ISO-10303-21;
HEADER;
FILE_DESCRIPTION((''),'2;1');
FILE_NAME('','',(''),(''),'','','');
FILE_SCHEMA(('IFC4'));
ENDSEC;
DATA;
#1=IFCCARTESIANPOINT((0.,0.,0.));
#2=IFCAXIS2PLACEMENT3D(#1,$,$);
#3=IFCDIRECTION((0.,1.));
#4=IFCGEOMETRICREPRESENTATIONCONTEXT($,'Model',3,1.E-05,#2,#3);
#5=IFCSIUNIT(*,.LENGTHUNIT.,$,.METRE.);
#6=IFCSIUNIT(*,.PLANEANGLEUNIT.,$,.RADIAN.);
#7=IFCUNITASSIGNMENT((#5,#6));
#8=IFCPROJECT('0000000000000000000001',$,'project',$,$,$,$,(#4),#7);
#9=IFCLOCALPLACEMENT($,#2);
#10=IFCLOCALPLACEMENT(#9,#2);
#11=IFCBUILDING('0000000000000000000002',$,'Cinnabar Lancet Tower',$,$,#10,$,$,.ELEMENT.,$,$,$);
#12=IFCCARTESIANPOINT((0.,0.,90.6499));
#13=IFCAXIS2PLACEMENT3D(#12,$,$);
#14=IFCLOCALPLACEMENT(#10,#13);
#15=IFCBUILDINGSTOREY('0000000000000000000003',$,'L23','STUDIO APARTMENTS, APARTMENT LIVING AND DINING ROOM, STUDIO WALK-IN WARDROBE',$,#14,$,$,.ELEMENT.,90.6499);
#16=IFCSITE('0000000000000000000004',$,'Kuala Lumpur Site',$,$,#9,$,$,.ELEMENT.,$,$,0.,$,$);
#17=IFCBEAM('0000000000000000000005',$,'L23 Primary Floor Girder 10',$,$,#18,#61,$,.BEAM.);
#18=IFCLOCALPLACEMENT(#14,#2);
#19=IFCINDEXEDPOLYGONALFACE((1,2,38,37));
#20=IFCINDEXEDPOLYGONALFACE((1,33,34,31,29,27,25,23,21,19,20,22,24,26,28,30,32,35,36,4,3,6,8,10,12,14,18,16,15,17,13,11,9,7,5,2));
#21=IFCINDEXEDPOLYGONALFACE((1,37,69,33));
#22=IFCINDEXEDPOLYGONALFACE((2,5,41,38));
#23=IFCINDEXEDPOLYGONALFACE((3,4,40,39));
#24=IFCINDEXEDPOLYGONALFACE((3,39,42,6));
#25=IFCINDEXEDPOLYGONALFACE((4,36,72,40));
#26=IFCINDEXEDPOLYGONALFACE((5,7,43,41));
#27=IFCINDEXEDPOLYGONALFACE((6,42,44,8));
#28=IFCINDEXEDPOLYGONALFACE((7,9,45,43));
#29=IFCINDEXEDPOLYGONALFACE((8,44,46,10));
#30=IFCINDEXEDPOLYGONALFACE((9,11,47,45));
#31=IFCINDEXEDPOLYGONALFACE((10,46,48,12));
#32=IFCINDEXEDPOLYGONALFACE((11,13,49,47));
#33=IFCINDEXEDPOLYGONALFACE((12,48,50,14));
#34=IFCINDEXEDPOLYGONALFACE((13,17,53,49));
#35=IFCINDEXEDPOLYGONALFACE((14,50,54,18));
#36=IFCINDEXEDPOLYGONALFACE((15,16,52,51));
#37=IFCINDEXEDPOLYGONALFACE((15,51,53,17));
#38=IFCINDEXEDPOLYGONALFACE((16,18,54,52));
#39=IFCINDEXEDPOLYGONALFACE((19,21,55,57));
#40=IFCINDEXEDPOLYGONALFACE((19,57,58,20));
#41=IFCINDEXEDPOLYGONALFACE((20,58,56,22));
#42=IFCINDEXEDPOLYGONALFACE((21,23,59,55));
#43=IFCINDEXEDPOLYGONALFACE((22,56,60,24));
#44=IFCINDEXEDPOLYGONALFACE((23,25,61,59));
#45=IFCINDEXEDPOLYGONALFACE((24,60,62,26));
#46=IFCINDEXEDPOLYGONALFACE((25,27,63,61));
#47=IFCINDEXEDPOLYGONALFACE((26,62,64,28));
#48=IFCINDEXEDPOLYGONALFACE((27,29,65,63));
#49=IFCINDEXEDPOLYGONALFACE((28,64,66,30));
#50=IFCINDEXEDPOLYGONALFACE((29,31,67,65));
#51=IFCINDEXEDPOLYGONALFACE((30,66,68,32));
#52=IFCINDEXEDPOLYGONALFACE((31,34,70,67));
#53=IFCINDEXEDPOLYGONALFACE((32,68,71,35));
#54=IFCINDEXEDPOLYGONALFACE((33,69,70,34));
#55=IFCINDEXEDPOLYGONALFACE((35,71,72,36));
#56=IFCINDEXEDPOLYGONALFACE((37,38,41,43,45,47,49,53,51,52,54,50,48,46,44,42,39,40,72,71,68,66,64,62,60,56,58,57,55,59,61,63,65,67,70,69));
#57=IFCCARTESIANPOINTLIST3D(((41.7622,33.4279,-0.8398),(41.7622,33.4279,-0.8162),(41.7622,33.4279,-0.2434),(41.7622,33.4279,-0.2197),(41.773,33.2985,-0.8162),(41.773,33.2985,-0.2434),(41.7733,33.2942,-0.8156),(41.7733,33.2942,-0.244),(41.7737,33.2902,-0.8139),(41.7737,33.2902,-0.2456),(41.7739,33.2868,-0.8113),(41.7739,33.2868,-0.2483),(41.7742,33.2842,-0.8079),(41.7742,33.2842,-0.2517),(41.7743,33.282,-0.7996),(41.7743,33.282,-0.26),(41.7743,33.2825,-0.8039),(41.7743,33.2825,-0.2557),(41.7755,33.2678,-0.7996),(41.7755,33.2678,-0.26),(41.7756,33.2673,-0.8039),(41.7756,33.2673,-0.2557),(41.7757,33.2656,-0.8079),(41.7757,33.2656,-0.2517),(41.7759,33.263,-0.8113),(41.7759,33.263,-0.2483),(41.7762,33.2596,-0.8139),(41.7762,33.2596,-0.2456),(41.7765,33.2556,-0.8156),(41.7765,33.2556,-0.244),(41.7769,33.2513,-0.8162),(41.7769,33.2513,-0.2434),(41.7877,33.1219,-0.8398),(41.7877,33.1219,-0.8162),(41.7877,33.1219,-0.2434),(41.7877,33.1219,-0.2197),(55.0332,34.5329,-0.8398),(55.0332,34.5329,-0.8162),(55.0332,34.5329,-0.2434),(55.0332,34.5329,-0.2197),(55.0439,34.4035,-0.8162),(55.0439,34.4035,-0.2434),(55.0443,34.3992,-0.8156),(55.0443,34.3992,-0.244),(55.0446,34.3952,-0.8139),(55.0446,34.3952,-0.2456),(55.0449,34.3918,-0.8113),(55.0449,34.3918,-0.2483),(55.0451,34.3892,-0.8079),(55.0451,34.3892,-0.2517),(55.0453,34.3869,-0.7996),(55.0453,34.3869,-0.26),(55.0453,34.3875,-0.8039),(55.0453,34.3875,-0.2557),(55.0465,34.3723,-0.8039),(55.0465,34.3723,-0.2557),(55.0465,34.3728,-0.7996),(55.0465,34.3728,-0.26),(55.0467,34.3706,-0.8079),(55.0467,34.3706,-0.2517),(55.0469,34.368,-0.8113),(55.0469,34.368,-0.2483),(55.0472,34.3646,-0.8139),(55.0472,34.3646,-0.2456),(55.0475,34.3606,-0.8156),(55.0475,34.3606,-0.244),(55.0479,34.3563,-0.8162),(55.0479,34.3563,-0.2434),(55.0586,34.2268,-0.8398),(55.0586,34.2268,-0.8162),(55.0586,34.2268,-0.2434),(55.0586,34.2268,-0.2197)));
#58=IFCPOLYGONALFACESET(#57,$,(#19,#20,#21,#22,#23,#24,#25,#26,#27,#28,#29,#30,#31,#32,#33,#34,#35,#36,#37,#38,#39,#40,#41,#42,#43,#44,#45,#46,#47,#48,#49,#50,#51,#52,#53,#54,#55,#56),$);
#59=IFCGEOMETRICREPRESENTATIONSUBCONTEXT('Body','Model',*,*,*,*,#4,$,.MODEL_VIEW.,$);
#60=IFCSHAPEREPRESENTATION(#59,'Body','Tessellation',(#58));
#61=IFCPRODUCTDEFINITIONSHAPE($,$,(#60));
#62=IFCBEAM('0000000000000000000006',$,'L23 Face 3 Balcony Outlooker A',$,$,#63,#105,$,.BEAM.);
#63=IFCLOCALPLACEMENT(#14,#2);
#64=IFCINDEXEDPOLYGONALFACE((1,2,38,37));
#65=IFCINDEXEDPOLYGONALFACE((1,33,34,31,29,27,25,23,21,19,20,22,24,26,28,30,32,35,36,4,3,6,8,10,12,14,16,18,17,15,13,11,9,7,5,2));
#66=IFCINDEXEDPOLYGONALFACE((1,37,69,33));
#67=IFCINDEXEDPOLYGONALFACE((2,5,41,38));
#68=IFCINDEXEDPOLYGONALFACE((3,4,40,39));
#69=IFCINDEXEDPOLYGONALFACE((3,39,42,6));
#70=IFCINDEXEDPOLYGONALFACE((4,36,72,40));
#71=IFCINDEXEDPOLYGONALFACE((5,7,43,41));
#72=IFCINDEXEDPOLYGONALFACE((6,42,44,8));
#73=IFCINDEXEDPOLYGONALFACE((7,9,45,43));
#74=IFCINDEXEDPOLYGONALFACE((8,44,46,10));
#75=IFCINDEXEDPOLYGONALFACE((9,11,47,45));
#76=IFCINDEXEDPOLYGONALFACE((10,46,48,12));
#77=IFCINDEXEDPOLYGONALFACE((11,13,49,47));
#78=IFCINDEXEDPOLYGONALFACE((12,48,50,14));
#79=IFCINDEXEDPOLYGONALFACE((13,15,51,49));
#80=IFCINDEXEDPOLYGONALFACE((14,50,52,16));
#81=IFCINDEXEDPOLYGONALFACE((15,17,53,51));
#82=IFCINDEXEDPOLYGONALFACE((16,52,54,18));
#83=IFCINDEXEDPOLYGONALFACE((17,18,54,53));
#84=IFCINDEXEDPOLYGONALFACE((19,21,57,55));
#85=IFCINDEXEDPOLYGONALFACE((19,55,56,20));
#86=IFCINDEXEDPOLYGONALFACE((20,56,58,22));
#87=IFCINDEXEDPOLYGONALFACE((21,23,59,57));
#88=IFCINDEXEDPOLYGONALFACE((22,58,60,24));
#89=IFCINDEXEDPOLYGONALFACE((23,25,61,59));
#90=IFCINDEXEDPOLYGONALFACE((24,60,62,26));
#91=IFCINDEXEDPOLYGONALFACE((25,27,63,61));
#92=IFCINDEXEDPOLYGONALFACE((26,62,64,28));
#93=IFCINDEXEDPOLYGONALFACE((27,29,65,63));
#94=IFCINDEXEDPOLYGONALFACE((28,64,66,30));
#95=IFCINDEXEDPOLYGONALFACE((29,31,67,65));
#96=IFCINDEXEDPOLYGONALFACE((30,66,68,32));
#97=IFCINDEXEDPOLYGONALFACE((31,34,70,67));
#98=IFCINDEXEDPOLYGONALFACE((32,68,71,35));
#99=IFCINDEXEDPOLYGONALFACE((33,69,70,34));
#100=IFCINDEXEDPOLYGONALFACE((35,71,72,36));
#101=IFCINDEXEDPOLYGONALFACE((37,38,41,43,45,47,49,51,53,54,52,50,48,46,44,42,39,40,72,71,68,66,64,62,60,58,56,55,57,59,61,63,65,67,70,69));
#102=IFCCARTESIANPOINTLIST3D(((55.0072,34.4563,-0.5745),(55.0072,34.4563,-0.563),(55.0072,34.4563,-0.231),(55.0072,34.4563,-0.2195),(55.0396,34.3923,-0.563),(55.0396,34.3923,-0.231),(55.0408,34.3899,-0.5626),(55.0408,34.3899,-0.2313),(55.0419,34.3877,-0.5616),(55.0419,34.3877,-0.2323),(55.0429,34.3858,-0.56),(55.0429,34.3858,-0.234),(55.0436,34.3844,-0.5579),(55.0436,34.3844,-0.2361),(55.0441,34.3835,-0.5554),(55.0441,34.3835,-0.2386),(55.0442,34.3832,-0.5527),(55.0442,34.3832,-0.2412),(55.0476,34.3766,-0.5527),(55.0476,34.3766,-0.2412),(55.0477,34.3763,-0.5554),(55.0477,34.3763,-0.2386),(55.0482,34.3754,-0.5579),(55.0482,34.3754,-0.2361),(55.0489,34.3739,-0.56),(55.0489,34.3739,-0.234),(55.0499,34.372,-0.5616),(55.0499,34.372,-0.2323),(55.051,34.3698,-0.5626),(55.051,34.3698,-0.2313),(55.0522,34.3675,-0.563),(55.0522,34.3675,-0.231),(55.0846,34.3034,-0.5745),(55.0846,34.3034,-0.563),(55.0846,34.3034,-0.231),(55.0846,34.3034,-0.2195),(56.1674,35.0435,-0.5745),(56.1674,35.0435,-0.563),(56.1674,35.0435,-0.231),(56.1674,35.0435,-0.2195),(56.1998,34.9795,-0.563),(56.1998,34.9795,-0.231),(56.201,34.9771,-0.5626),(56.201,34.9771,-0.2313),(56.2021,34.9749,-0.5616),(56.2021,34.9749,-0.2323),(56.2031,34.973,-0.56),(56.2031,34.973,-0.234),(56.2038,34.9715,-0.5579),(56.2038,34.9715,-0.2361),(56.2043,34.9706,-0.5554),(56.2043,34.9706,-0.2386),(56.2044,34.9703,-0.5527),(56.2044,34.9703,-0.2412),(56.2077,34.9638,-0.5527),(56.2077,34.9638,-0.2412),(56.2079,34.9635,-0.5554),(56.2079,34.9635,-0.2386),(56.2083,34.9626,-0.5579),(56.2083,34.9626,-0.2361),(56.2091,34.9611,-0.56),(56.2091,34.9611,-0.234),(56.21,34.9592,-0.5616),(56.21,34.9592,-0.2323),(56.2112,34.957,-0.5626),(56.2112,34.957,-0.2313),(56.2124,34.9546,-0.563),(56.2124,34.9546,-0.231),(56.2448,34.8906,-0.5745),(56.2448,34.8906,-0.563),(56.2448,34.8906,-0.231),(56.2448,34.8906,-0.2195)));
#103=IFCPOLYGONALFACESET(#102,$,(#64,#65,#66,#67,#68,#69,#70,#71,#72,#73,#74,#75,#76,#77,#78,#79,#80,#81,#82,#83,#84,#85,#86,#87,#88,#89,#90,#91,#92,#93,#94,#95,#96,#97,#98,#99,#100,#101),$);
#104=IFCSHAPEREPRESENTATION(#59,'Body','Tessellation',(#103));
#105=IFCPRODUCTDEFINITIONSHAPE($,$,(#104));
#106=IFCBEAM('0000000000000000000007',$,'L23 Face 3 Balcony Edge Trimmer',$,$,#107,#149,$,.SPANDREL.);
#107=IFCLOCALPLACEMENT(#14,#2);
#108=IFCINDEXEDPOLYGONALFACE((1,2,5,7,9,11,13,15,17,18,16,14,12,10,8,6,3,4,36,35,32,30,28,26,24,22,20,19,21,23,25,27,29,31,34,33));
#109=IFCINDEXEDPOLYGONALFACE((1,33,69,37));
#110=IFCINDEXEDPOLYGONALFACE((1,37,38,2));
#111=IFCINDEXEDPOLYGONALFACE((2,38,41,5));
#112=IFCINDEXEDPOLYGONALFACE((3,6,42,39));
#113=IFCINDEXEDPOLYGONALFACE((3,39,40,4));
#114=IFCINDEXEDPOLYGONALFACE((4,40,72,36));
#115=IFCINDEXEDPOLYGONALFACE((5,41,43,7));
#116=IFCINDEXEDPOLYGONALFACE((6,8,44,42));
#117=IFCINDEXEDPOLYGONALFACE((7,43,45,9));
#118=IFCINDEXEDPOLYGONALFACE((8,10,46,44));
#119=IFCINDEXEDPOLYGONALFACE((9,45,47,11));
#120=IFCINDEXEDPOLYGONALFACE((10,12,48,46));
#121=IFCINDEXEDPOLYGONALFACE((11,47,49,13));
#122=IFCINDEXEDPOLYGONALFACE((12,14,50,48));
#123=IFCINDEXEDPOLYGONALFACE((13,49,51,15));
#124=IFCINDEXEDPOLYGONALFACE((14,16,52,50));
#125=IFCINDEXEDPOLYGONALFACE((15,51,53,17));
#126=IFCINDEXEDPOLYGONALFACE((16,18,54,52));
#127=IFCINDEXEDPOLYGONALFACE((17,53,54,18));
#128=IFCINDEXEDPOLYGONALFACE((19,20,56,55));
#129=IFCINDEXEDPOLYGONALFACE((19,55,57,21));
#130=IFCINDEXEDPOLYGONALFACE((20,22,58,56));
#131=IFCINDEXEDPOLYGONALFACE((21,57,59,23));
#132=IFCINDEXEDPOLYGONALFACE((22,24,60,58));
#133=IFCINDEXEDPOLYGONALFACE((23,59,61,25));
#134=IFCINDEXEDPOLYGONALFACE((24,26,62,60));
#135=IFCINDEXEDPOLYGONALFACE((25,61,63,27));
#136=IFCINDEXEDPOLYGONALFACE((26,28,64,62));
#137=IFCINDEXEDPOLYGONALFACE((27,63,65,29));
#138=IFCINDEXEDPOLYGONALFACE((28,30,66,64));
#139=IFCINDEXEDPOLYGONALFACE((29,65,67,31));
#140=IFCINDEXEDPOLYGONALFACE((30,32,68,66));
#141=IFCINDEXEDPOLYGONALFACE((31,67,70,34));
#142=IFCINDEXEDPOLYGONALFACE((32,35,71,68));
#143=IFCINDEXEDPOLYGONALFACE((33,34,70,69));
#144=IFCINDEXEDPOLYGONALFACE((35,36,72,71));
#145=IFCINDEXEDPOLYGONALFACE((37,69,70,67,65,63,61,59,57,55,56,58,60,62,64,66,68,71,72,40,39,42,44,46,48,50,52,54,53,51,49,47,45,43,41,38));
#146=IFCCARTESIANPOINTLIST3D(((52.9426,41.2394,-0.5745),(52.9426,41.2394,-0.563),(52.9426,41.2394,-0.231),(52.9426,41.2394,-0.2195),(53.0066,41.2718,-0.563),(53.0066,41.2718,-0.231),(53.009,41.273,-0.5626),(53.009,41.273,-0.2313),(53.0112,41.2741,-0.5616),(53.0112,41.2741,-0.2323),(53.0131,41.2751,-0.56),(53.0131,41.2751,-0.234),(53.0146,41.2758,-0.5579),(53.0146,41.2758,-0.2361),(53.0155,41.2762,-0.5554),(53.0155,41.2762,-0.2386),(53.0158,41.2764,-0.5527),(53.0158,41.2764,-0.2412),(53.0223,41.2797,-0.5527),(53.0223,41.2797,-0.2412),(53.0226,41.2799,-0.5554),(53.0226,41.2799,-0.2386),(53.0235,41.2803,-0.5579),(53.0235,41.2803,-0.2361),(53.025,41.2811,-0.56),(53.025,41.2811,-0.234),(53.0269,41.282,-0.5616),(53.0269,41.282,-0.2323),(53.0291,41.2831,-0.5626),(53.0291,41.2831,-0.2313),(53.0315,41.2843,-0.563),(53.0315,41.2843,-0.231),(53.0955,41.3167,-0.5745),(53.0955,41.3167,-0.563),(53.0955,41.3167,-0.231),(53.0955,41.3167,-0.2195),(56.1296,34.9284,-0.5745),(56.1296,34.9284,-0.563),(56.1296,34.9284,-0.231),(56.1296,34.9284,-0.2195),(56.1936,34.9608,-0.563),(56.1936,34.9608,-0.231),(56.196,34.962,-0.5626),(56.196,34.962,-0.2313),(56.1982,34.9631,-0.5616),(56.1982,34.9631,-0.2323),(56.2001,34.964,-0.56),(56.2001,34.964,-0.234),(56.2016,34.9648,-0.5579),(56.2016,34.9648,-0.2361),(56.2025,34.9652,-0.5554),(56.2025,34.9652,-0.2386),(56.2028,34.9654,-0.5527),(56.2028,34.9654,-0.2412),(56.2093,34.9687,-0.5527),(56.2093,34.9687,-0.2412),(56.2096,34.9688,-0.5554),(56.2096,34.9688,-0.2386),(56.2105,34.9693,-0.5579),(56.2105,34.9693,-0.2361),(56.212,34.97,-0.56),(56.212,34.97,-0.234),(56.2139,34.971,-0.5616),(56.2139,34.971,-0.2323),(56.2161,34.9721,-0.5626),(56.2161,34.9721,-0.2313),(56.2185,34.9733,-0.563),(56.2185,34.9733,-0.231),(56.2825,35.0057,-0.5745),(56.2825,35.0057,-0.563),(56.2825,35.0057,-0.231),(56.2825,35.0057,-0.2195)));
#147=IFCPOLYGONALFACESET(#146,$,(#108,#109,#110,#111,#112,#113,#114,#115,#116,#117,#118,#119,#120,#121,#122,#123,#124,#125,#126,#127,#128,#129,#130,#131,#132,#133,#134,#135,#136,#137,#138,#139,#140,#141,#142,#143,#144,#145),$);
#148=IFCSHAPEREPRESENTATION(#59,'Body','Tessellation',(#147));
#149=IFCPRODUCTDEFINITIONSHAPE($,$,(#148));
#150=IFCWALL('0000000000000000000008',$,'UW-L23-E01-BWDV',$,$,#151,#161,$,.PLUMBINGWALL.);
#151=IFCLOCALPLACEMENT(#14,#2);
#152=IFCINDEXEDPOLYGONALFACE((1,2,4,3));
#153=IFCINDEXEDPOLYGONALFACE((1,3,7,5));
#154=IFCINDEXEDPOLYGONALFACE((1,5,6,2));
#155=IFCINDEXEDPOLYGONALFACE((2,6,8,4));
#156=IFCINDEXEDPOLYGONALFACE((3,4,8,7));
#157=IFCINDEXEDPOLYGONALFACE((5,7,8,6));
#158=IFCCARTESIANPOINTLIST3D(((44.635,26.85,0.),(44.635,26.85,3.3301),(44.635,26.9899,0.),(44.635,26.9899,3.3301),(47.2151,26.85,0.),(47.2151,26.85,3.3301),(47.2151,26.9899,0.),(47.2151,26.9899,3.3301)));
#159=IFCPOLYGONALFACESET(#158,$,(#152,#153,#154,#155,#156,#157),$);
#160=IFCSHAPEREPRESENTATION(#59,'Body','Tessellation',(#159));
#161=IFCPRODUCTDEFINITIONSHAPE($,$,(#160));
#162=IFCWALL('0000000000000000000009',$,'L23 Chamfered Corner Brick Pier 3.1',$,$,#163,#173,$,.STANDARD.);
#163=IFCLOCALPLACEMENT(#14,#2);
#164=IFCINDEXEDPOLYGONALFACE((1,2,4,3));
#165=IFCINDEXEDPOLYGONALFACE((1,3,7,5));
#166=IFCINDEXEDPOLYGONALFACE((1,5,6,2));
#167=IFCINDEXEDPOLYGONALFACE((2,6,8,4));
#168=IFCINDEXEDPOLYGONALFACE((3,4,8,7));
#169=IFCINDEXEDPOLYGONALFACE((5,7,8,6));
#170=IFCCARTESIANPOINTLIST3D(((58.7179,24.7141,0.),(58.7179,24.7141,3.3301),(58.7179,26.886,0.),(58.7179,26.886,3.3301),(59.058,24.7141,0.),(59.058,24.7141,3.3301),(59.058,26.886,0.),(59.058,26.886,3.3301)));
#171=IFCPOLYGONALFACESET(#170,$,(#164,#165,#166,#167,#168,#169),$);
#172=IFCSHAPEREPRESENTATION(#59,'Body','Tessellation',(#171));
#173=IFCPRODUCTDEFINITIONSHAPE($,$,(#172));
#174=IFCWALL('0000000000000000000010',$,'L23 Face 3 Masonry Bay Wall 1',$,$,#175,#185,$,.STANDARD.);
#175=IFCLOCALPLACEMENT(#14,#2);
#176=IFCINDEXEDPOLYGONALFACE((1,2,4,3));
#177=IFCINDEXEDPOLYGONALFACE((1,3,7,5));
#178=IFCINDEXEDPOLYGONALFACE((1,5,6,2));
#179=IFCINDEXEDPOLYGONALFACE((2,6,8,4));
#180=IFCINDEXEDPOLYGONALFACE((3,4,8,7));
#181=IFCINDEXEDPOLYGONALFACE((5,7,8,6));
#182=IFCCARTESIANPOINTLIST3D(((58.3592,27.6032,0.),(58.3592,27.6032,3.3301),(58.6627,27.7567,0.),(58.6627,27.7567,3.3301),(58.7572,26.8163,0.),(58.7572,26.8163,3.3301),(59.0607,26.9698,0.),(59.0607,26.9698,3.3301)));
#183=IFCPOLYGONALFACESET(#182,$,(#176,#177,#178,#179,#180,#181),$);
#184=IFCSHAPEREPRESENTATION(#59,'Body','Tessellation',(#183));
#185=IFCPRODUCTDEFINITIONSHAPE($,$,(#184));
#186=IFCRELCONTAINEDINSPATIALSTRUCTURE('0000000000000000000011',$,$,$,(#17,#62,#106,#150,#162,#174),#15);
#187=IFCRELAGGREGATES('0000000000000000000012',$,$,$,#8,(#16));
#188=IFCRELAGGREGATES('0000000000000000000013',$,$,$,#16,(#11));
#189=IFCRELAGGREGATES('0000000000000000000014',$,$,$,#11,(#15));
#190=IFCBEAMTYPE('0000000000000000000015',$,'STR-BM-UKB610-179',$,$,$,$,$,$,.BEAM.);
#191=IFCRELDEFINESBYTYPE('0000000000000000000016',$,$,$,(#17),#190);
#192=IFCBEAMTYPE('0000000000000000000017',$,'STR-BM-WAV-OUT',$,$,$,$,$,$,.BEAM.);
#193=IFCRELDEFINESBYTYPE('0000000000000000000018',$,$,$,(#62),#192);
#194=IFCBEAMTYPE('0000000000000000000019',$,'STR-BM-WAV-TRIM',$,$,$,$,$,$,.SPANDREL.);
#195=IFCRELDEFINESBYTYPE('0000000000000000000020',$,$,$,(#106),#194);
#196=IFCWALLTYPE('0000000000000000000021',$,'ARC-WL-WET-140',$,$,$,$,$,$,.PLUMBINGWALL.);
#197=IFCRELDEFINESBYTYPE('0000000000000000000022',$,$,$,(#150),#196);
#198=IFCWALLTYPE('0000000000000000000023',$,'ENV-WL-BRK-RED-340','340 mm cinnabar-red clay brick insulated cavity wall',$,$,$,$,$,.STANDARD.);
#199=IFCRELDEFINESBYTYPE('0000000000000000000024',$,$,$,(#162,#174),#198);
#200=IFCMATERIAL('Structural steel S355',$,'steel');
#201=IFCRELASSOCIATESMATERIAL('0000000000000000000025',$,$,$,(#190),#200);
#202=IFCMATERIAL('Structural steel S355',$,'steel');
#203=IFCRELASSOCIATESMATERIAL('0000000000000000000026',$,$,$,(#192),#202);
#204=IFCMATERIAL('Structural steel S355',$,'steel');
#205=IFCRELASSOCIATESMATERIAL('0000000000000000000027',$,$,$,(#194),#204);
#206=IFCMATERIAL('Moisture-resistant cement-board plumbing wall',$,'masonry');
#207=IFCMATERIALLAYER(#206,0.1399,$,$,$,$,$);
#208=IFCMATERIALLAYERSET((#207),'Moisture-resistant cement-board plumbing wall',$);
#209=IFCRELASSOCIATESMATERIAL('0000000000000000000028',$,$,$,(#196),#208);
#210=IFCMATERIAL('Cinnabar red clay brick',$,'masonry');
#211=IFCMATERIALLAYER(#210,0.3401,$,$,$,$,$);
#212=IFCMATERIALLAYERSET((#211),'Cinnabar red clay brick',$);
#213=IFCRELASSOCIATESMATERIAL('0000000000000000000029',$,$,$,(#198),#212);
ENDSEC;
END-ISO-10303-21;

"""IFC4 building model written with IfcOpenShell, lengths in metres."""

from ifc_helpers import new_model, si_unit, direction, frame, frame_2d, origin, origin_2d, place, context, subcontext, project, spatial, rectangle, i_section, extrude, material, layer, layer_set, material_profile, profile_set, type_object, element, save


model = new_model("IFC4")

# Units and contexts
model_context = context("Model", 3, precision=1e-05, world=origin(), true_north=direction((0.0, 1.0)))
body_context = subcontext(model_context, "Body", "Model", "MODEL_VIEW")
ifc_project = project(units=[si_unit("LENGTHUNIT", "METRE"), si_unit("PLANEANGLEUNIT", "RADIAN")], contexts=[model_context])

# Site, building, storey
site_placement = place(None, origin())
site = spatial("IfcSite", under=ifc_project, at=site_placement, Name="Kuala Lumpur Site", CompositionType="ELEMENT", RefElevation=0.0)
building_placement = place(site_placement, origin())
building = spatial("IfcBuilding", under=site, at=building_placement, Name="Cinnabar Lancet Tower", CompositionType="ELEMENT")
storey_placement = place(building_placement, frame((0.0, 0.0, 90.6499)))
storey = spatial("IfcBuildingStorey", under=building, at=storey_placement, Name="L23", Description="STUDIO APARTMENTS, APARTMENT LIVING AND DINING ROOM, STUDIO WALK-IN WARDROBE", CompositionType="ELEMENT", Elevation=90.6499)

# Beams
ifc_material_1 = material(Name="Structural steel S355", Category="steel")
ifc_material_profile_1 = material_profile(ifc_material_1, i_section(OverallWidth=0.3071, OverallDepth=0.6201, WebThickness=0.0142, FlangeThickness=0.0237, FilletRadius=0.0166, at=origin_2d()), Name="UKB 610x305x179")
ifc_profile_set_1 = profile_set([ifc_material_profile_1], Name="Structural steel S355")
beam_type_1 = type_object("IfcBeamType", Name="STR-BM-UKB610-179", PredefinedType="BEAM", material=ifc_profile_set_1)
beam_1_placement = place(storey_placement, frame((55.0459, 34.3799, -0.5298), z_axis=(-0.996552, -0.082976, 0.0), x_axis=(0.082976, -0.996552, 0.0)))
element("IfcBeam", 1, at=beam_1_placement, inside=storey, type_object=beam_type_1, Name="L23 Primary Floor Girder 10", PredefinedType="BEAM", context=body_context, shape_type="SweptSolid", body=[
    extrude(i_section(OverallWidth=0.3071, OverallDepth=0.6201, WebThickness=0.0142, FlangeThickness=0.0237, FilletRadius=0.0166, at=origin_2d()), origin(), (0.0, 0.0, 1.0), 13.3169),
])
ifc_material_2 = material(Name="Structural steel S355", Category="steel")
ifc_material_profile_2 = material_profile(ifc_material_2, i_section(OverallWidth=0.1714, OverallDepth=0.355, WebThickness=0.0073, FlangeThickness=0.0115, FilletRadius=0.0103, at=origin_2d()), Name="UKB 356x171x51")
ifc_profile_set_2 = profile_set([ifc_material_profile_2], Name="Structural steel S355")
beam_type_2 = type_object("IfcBeamType", Name="STR-BM-WAV-OUT", PredefinedType="BEAM", material=ifc_profile_set_2)
beam_2_placement = place(storey_placement, frame((55.0459, 34.3799, -0.397), z_axis=(0.892239, 0.451564, 0.0), x_axis=(-0.451564, 0.892239, 0.0)))
element("IfcBeam", 2, at=beam_2_placement, inside=storey, type_object=beam_type_2, Name="L23 Face 3 Balcony Outlooker A", PredefinedType="BEAM", context=body_context, shape_type="SweptSolid", body=[
    extrude(i_section(OverallWidth=0.1714, OverallDepth=0.355, WebThickness=0.0073, FlangeThickness=0.0115, FilletRadius=0.0103, at=origin_2d()), origin(), (0.0, 0.0, 1.0), 1.3003),
])
ifc_material_3 = material(Name="Structural steel S355", Category="steel")
ifc_material_profile_3 = material_profile(ifc_material_3, i_section(OverallWidth=0.1714, OverallDepth=0.355, WebThickness=0.0073, FlangeThickness=0.0115, FilletRadius=0.0103, at=origin_2d()), Name="UKB 356x171x51")
ifc_profile_set_3 = profile_set([ifc_material_profile_3], Name="Structural steel S355")
beam_type_3 = type_object("IfcBeamType", Name="STR-BM-WAV-TRIM", PredefinedType="SPANDREL", material=ifc_profile_set_3)
beam_3_placement = place(storey_placement, frame((56.2061, 34.967, -0.397), z_axis=(-0.450774, 0.892638, 0.0), x_axis=(-0.892638, -0.450774, 0.0)))
element("IfcBeam", 3, at=beam_3_placement, inside=storey, type_object=beam_type_3, Name="L23 Face 3 Balcony Edge Trimmer", PredefinedType="SPANDREL", context=body_context, shape_type="SweptSolid", body=[
    extrude(i_section(OverallWidth=0.1714, OverallDepth=0.355, WebThickness=0.0073, FlangeThickness=0.0115, FilletRadius=0.0103, at=origin_2d()), origin(), (0.0, 0.0, 1.0), 7.0701),
])

# Walls
ifc_material_4 = material(Name="Moisture-resistant cement-board plumbing wall", Category="masonry")
ifc_layer_1 = layer(ifc_material_4, 0.1399)
ifc_layer_set_1 = layer_set([ifc_layer_1], Name="Moisture-resistant cement-board plumbing wall")
wall_type_1 = type_object("IfcWallType", Name="ARC-WL-WET-140", PredefinedType="PLUMBINGWALL", material=ifc_layer_set_1)
wall_1_placement = place(storey_placement, frame((44.635, 26.9199, 0.0), z_axis=(0.0, 0.0, 1.0), x_axis=(1.0, 0.0, 0.0)))
element("IfcWall", 4, at=wall_1_placement, inside=storey, type_object=wall_type_1, Name="UW-L23-E01-BWDV", PredefinedType="PLUMBINGWALL", context=body_context, shape_type="SweptSolid", body=[
    extrude(rectangle(XDim=2.5801, YDim=0.1399, at=frame_2d((1.29, 0.0))), origin(), (0.0, 0.0, 1.0), 3.3301),
])
ifc_material_5 = material(Name="Cinnabar red clay brick", Category="masonry")
ifc_layer_2 = layer(ifc_material_5, 0.3401)
ifc_layer_set_2 = layer_set([ifc_layer_2], Name="Cinnabar red clay brick")
wall_type_2 = type_object("IfcWallType", Name="ENV-WL-BRK-RED-340", Description="340 mm cinnabar-red clay brick insulated cavity wall", PredefinedType="STANDARD", material=ifc_layer_set_2)
wall_2_placement = place(storey_placement, frame((58.8879, 24.7141, 0.0), z_axis=(0.0, 0.0, 1.0), x_axis=(0.0, 1.0, 0.0)))
element("IfcWall", 5, at=wall_2_placement, inside=storey, type_object=wall_type_2, Name="L23 Chamfered Corner Brick Pier 3.1", PredefinedType="STANDARD", context=body_context, shape_type="SweptSolid", body=[
    extrude(rectangle(XDim=2.1719, YDim=0.3401, at=frame_2d((1.0859, 0.0))), origin(), (0.0, 0.0, 1.0), 3.3301),
])
wall_3_placement = place(storey_placement, frame((58.9089, 26.8931, 0.0), z_axis=(0.0, 0.0, 1.0), x_axis=(-0.451307, 0.892369, 0.0)))
element("IfcWall", 6, at=wall_3_placement, inside=storey, type_object=wall_type_2, Name="L23 Face 3 Masonry Bay Wall 1", PredefinedType="STANDARD", context=body_context, shape_type="SweptSolid", body=[
    extrude(rectangle(XDim=0.8818, YDim=0.3401, at=frame_2d((0.4409, 0.0))), origin(), (0.0, 0.0, 1.0), 3.3301),
])

save(model, "model.ifc")
